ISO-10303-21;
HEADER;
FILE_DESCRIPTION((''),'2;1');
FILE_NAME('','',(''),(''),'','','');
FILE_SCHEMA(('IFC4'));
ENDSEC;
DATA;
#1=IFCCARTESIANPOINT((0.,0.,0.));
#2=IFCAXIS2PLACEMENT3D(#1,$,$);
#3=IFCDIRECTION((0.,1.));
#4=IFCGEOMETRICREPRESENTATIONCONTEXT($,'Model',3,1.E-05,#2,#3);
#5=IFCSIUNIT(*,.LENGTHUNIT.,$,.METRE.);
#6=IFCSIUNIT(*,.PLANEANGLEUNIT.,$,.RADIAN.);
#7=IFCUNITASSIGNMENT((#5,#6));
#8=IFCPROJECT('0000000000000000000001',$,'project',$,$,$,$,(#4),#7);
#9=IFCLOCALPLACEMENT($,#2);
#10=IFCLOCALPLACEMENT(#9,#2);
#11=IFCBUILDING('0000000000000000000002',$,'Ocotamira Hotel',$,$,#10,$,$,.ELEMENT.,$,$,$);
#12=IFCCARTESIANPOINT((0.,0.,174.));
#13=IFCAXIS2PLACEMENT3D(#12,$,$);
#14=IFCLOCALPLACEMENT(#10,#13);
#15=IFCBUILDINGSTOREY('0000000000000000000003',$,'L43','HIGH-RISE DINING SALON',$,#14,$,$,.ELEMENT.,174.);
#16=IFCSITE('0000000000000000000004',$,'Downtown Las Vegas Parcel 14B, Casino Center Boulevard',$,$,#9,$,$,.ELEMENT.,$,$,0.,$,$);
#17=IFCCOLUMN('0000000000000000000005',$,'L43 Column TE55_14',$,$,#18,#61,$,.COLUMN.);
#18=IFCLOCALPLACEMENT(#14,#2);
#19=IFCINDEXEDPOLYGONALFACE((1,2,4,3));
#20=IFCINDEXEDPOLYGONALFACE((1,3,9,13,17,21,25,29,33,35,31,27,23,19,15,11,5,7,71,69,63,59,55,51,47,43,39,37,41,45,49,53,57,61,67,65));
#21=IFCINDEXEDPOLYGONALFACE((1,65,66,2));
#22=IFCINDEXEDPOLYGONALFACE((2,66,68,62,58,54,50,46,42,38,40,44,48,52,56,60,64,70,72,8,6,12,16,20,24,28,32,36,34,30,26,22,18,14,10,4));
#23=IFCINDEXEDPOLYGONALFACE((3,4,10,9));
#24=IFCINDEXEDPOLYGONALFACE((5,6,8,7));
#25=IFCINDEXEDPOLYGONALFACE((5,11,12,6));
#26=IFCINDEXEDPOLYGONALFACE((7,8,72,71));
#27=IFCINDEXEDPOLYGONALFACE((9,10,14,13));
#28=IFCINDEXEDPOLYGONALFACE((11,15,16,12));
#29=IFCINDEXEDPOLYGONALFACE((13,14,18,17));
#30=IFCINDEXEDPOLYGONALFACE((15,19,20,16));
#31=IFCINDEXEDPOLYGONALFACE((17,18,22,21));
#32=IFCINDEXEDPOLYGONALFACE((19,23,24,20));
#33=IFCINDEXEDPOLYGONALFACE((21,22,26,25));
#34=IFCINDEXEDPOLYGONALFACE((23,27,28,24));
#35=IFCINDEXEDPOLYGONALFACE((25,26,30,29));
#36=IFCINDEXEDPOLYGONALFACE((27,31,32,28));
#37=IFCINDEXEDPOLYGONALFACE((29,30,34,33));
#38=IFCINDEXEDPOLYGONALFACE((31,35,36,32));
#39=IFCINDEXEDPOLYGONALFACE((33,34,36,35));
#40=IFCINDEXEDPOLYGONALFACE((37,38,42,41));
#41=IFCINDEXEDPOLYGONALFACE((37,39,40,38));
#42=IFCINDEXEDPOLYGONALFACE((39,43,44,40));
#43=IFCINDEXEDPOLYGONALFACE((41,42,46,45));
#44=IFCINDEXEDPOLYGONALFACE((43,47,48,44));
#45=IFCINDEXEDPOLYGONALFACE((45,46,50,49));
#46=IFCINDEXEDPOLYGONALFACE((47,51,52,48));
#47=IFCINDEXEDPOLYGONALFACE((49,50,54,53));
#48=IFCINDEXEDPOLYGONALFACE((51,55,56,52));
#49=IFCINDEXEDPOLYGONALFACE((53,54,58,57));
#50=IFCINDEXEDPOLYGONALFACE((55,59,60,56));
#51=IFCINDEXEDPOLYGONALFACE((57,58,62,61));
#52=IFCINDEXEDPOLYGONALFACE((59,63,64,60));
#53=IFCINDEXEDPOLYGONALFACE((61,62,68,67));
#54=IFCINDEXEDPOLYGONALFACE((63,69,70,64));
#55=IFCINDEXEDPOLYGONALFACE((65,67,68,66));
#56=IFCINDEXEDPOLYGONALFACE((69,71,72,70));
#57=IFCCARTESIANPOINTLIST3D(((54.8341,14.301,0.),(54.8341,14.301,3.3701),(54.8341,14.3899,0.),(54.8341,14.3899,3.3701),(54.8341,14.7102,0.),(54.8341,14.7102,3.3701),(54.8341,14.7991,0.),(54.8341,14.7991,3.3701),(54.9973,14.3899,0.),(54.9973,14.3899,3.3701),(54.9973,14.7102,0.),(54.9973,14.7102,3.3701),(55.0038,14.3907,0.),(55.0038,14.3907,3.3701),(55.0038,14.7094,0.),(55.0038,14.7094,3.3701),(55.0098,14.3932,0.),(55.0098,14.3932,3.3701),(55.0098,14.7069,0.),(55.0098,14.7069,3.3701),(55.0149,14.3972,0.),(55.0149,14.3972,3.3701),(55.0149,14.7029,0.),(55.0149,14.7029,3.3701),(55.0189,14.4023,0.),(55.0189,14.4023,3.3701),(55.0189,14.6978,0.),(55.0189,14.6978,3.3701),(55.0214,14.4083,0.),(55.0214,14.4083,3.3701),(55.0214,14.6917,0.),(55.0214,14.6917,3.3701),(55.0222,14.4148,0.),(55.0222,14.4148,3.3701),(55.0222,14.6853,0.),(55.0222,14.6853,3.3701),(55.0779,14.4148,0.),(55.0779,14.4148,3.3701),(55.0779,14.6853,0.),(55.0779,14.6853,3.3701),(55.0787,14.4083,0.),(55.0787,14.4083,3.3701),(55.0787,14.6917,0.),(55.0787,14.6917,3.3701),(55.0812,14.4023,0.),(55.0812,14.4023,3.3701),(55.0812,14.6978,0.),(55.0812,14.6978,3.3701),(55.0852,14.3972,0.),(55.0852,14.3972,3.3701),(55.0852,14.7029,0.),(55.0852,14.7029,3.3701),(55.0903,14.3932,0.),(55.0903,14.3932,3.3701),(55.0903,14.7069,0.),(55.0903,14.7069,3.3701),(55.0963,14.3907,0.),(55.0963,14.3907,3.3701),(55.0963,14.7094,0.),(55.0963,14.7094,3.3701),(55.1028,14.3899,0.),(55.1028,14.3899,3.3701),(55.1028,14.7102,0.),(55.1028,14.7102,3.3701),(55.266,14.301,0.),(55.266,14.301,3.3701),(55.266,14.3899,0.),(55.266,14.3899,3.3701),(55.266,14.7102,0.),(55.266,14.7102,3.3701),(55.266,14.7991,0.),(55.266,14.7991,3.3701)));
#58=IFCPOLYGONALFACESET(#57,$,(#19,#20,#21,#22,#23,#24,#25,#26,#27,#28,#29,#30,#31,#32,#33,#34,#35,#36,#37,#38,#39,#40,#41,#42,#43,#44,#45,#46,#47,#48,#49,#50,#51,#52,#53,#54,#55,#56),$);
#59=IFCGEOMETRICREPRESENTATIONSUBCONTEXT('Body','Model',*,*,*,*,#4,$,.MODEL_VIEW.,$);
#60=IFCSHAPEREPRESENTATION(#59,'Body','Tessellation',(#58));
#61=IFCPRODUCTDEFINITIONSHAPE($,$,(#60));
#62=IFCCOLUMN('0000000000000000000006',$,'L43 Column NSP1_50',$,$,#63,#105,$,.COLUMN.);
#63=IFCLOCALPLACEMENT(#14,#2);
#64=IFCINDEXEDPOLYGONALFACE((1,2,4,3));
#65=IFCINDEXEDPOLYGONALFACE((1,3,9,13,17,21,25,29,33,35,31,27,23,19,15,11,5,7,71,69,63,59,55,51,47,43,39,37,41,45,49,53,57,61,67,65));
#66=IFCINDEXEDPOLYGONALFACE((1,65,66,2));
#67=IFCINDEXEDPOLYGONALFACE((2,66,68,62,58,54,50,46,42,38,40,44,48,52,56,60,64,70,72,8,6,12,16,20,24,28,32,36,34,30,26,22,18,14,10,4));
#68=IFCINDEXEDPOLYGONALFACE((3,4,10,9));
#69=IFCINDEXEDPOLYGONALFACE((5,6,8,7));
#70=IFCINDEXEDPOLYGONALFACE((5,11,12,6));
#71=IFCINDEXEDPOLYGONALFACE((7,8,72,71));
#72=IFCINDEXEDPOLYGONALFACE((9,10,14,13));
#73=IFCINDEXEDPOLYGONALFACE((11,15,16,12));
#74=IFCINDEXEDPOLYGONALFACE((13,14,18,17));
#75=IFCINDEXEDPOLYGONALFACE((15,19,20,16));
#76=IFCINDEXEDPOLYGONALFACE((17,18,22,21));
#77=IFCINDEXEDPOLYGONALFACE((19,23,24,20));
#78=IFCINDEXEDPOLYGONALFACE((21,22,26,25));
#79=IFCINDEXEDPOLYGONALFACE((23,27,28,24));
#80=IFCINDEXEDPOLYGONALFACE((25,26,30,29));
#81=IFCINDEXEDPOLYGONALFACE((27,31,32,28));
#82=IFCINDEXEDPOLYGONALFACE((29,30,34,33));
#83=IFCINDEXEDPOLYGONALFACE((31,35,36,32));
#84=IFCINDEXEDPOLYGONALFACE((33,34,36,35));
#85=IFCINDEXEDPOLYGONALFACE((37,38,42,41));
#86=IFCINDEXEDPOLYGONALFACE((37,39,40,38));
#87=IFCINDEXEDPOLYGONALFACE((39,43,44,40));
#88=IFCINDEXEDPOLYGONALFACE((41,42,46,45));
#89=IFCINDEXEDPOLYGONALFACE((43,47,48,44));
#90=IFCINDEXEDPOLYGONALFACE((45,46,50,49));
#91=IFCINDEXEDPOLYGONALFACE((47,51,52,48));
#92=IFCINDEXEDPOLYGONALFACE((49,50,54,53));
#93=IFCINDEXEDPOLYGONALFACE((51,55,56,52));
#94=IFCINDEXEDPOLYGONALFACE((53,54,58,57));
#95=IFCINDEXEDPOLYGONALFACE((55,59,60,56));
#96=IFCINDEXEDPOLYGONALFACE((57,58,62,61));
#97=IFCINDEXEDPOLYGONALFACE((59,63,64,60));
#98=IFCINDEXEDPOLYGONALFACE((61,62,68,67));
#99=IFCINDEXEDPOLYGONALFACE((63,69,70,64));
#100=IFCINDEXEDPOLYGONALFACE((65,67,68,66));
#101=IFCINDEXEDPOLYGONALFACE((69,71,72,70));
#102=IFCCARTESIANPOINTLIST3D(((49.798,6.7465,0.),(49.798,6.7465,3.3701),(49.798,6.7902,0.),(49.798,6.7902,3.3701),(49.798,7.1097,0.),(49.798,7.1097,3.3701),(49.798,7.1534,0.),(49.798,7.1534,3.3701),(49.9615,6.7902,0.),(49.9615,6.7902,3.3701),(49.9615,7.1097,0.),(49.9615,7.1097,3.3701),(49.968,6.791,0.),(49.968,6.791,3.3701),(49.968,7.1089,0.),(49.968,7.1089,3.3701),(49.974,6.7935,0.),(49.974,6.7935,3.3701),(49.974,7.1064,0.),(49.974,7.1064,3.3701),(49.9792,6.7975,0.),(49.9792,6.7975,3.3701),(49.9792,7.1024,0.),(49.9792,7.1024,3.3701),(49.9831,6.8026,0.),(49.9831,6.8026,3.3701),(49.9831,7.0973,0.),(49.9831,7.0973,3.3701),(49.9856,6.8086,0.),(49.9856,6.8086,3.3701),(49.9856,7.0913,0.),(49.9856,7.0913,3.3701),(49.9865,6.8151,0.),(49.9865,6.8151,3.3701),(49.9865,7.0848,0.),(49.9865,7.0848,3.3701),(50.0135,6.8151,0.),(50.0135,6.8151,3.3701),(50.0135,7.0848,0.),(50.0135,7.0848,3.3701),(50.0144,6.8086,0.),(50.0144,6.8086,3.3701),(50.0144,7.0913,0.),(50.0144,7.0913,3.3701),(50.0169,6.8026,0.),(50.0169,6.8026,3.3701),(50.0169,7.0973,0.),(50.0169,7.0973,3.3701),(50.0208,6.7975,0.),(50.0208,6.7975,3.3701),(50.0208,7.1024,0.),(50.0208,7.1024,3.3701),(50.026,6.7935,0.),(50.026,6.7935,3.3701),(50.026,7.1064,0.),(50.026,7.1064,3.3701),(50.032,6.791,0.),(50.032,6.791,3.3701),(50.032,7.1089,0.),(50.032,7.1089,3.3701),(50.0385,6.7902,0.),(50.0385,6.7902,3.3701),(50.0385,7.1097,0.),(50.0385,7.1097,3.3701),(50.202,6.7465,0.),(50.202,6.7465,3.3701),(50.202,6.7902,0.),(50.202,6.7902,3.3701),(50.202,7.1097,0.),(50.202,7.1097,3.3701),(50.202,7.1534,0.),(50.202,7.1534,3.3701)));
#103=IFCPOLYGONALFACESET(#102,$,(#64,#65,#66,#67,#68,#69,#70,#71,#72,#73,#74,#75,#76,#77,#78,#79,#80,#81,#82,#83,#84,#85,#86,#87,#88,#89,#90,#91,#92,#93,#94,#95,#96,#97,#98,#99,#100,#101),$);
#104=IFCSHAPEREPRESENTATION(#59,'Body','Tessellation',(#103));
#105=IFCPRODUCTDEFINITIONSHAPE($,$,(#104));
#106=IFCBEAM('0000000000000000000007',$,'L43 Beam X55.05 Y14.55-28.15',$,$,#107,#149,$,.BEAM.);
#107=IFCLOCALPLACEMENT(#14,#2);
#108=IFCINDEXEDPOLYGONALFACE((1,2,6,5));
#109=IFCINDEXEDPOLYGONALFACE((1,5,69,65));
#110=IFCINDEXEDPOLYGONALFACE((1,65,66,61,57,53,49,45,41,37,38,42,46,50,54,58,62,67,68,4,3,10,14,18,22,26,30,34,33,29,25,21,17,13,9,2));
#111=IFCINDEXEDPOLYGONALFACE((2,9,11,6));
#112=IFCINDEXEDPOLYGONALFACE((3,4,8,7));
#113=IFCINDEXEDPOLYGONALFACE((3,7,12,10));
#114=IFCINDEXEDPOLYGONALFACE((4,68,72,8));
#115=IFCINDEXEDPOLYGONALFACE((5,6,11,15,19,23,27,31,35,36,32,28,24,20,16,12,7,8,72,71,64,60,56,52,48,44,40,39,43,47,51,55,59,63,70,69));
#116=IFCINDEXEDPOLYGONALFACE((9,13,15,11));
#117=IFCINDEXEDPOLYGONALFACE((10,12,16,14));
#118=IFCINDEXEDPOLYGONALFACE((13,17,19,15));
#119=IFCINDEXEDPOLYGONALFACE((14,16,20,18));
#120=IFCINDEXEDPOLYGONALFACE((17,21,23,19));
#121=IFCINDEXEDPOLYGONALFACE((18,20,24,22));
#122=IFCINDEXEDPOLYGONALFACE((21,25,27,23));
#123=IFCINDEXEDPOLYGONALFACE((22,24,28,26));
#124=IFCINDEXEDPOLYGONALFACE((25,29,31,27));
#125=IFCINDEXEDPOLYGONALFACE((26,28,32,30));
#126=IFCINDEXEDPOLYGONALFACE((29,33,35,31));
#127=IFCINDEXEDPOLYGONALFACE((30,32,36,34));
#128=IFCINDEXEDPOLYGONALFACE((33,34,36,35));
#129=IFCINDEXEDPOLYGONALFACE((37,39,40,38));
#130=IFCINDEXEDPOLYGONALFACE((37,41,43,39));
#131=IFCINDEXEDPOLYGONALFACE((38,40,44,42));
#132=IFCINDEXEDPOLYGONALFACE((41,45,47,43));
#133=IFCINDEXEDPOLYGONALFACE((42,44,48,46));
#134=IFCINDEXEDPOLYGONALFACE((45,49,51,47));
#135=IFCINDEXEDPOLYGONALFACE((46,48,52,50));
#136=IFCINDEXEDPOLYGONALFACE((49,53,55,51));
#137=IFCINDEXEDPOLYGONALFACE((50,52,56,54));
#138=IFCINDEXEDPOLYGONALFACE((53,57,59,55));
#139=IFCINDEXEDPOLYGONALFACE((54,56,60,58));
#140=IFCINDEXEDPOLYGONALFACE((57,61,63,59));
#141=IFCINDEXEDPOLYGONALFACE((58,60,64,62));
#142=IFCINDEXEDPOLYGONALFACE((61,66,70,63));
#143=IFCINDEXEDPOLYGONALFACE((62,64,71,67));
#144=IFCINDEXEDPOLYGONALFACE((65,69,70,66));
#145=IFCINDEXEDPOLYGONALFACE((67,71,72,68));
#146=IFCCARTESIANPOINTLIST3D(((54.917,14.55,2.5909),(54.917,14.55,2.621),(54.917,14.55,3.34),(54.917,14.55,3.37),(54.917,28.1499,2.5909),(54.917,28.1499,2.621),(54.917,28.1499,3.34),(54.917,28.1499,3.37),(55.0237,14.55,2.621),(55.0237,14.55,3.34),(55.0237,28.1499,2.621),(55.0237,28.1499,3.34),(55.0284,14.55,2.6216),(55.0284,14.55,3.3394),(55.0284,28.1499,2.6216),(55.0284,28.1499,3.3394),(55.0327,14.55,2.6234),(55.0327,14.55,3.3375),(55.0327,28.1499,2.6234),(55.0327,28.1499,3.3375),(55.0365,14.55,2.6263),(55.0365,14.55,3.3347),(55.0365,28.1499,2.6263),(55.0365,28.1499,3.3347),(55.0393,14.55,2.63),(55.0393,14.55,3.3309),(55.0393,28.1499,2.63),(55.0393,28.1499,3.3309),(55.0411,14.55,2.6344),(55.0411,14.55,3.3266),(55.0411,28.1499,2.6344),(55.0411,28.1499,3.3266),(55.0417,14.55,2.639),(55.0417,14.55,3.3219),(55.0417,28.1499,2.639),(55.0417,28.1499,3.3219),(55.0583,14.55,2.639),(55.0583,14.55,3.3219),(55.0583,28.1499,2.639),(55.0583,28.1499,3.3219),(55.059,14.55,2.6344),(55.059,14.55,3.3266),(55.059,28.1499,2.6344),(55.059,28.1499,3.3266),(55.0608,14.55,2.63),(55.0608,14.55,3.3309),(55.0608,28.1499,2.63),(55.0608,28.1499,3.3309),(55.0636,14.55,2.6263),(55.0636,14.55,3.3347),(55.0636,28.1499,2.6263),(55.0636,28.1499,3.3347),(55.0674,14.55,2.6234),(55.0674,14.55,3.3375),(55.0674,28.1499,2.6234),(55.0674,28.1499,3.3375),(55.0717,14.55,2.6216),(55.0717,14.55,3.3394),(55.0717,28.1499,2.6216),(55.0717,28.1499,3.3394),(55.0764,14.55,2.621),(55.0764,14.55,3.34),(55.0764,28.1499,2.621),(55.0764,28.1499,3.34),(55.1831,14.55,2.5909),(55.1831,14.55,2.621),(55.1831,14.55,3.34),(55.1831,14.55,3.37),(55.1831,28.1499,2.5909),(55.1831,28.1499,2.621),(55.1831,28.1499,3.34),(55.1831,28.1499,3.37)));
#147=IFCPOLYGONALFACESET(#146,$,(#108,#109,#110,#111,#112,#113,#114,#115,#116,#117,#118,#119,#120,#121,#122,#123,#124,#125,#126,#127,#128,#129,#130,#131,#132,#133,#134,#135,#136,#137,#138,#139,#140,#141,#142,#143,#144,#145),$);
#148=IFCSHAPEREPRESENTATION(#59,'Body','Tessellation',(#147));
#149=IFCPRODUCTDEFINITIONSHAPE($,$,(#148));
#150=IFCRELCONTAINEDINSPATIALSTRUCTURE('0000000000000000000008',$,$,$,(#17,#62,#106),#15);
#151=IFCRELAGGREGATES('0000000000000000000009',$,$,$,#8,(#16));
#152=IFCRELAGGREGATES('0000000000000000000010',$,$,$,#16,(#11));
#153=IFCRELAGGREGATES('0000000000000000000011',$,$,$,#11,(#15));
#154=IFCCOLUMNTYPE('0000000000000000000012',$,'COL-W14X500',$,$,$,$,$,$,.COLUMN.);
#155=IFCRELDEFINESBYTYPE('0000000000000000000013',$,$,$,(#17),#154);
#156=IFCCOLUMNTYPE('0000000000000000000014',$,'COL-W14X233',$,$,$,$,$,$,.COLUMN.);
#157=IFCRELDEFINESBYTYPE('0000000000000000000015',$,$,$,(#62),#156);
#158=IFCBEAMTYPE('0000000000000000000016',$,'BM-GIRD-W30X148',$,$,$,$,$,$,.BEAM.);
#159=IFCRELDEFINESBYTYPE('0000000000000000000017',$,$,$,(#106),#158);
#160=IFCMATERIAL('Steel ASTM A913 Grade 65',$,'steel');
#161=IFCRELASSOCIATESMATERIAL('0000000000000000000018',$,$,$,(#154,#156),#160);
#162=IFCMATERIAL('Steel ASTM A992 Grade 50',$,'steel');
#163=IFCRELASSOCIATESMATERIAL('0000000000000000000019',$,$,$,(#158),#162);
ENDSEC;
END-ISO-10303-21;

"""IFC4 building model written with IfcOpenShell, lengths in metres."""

from ifc_helpers import new_model, si_unit, direction, frame, origin, origin_2d, place, context, subcontext, project, spatial, i_section, extrude, source, transform, mapped, material, material_profile, profile_set, type_object, element, save


model = new_model("IFC4")

# Units and contexts
model_context = context("Model", 3, precision=1e-05, world=origin(), true_north=direction((0.0, 1.0)))
body_context = subcontext(model_context, "Body", "Model", "MODEL_VIEW")
ifc_project = project(units=[si_unit("LENGTHUNIT", "METRE"), si_unit("PLANEANGLEUNIT", "RADIAN")], contexts=[model_context])

# Site, building, storey
site_placement = place(None, origin())
site = spatial("IfcSite", under=ifc_project, at=site_placement, Name="Downtown Las Vegas Parcel 14B, Casino Center Boulevard", CompositionType="ELEMENT", RefElevation=0.0)
building_placement = place(site_placement, origin())
building = spatial("IfcBuilding", under=site, at=building_placement, Name="Ocotamira Hotel", CompositionType="ELEMENT")
storey_placement = place(building_placement, frame((0.0, 0.0, 174.0)))
storey = spatial("IfcBuildingStorey", under=building, at=storey_placement, Name="L43", Description="HIGH-RISE DINING SALON", CompositionType="ELEMENT", Elevation=174.0)

# Columns
ifc_material_1 = material(Name="Steel ASTM A913 Grade 65", Category="steel")
ifc_material_profile_1 = material_profile(ifc_material_1, i_section(OverallWidth=0.4319, OverallDepth=0.498, WebThickness=0.0557, FlangeThickness=0.0889, FilletRadius=0.0249, at=origin_2d()), Name="W14X500")
ifc_profile_set_1 = profile_set([ifc_material_profile_1], Name="Steel ASTM A913 Grade 65")
column_type_1 = type_object("IfcColumnType", Name="COL-W14X500", PredefinedType="COLUMN", material=ifc_profile_set_1)
shared_shape_1 = source(origin(), body_context, "Body", "SweptSolid", [
    extrude(i_section(OverallWidth=0.4319, OverallDepth=0.498, WebThickness=0.0557, FlangeThickness=0.0889, FilletRadius=0.0249, at=origin_2d()), origin(), (0.0, 0.0, 1.0), 3.3701),
])
column_1_placement = place(storey_placement, frame((55.05, 14.55, 0.0), z_axis=(0.0, 0.0, 1.0), x_axis=(1.0, 0.0, 0.0)))
element("IfcColumn", 1, at=column_1_placement, inside=storey, type_object=column_type_1, Name="L43 Column TE55_14", PredefinedType="COLUMN", context=body_context, shape_type="MappedRepresentation", body=[
    mapped(shared_shape_1, transform((0.0, 0.0, 0.0), scale=1.0)),
])
ifc_material_profile_2 = material_profile(ifc_material_1, i_section(OverallWidth=0.4041, OverallDepth=0.407, WebThickness=0.0271, FlangeThickness=0.0437, FilletRadius=0.0249, at=origin_2d()), Name="W14X233")
ifc_profile_set_2 = profile_set([ifc_material_profile_2], Name="Steel ASTM A913 Grade 65")
column_type_2 = type_object("IfcColumnType", Name="COL-W14X233", PredefinedType="COLUMN", material=ifc_profile_set_2)
shared_shape_2 = source(origin(), body_context, "Body", "SweptSolid", [
    extrude(i_section(OverallWidth=0.4041, OverallDepth=0.407, WebThickness=0.0271, FlangeThickness=0.0437, FilletRadius=0.0249, at=origin_2d()), origin(), (0.0, 0.0, 1.0), 3.3701),
])
column_2_placement = place(storey_placement, frame((50.0, 6.95, 0.0), z_axis=(0.0, 0.0, 1.0), x_axis=(1.0, 0.0, 0.0)))
element("IfcColumn", 2, at=column_2_placement, inside=storey, type_object=column_type_2, Name="L43 Column NSP1_50", PredefinedType="COLUMN", context=body_context, shape_type="MappedRepresentation", body=[
    mapped(shared_shape_2, transform((0.0, 0.0, 0.0), scale=1.0)),
])

# Beam
ifc_material_2 = material(Name="Steel ASTM A992 Grade 50", Category="steel")
ifc_material_profile_3 = material_profile(ifc_material_2, i_section(OverallWidth=0.2661, OverallDepth=0.7791, WebThickness=0.0166, FlangeThickness=0.03, FilletRadius=0.0181, at=origin_2d()), Name="W30X148")
ifc_profile_set_3 = profile_set([ifc_material_profile_3], Name="Steel ASTM A992 Grade 50")
beam_type_1 = type_object("IfcBeamType", Name="BM-GIRD-W30X148", PredefinedType="BEAM", material=ifc_profile_set_3)
shared_shape_3 = source(origin(), body_context, "Body", "SweptSolid", [
    extrude(i_section(OverallWidth=0.2661, OverallDepth=0.7791, WebThickness=0.0166, FlangeThickness=0.03, FilletRadius=0.0181, at=origin_2d()), origin(), (0.0, 0.0, 1.0), 13.5999),
])
beam_1_placement = place(storey_placement, frame((55.05, 14.55, 2.9805), z_axis=(0.0, 1.0, 0.0), x_axis=(-1.0, 0.0, 0.0)))
element("IfcBeam", 3, at=beam_1_placement, inside=storey, type_object=beam_type_1, Name="L43 Beam X55.05 Y14.55-28.15", PredefinedType="BEAM", context=body_context, shape_type="MappedRepresentation", body=[
    mapped(shared_shape_3, transform((0.0, 0.0, 0.0), scale=1.0)),
])

save(model, "model.ifc")
